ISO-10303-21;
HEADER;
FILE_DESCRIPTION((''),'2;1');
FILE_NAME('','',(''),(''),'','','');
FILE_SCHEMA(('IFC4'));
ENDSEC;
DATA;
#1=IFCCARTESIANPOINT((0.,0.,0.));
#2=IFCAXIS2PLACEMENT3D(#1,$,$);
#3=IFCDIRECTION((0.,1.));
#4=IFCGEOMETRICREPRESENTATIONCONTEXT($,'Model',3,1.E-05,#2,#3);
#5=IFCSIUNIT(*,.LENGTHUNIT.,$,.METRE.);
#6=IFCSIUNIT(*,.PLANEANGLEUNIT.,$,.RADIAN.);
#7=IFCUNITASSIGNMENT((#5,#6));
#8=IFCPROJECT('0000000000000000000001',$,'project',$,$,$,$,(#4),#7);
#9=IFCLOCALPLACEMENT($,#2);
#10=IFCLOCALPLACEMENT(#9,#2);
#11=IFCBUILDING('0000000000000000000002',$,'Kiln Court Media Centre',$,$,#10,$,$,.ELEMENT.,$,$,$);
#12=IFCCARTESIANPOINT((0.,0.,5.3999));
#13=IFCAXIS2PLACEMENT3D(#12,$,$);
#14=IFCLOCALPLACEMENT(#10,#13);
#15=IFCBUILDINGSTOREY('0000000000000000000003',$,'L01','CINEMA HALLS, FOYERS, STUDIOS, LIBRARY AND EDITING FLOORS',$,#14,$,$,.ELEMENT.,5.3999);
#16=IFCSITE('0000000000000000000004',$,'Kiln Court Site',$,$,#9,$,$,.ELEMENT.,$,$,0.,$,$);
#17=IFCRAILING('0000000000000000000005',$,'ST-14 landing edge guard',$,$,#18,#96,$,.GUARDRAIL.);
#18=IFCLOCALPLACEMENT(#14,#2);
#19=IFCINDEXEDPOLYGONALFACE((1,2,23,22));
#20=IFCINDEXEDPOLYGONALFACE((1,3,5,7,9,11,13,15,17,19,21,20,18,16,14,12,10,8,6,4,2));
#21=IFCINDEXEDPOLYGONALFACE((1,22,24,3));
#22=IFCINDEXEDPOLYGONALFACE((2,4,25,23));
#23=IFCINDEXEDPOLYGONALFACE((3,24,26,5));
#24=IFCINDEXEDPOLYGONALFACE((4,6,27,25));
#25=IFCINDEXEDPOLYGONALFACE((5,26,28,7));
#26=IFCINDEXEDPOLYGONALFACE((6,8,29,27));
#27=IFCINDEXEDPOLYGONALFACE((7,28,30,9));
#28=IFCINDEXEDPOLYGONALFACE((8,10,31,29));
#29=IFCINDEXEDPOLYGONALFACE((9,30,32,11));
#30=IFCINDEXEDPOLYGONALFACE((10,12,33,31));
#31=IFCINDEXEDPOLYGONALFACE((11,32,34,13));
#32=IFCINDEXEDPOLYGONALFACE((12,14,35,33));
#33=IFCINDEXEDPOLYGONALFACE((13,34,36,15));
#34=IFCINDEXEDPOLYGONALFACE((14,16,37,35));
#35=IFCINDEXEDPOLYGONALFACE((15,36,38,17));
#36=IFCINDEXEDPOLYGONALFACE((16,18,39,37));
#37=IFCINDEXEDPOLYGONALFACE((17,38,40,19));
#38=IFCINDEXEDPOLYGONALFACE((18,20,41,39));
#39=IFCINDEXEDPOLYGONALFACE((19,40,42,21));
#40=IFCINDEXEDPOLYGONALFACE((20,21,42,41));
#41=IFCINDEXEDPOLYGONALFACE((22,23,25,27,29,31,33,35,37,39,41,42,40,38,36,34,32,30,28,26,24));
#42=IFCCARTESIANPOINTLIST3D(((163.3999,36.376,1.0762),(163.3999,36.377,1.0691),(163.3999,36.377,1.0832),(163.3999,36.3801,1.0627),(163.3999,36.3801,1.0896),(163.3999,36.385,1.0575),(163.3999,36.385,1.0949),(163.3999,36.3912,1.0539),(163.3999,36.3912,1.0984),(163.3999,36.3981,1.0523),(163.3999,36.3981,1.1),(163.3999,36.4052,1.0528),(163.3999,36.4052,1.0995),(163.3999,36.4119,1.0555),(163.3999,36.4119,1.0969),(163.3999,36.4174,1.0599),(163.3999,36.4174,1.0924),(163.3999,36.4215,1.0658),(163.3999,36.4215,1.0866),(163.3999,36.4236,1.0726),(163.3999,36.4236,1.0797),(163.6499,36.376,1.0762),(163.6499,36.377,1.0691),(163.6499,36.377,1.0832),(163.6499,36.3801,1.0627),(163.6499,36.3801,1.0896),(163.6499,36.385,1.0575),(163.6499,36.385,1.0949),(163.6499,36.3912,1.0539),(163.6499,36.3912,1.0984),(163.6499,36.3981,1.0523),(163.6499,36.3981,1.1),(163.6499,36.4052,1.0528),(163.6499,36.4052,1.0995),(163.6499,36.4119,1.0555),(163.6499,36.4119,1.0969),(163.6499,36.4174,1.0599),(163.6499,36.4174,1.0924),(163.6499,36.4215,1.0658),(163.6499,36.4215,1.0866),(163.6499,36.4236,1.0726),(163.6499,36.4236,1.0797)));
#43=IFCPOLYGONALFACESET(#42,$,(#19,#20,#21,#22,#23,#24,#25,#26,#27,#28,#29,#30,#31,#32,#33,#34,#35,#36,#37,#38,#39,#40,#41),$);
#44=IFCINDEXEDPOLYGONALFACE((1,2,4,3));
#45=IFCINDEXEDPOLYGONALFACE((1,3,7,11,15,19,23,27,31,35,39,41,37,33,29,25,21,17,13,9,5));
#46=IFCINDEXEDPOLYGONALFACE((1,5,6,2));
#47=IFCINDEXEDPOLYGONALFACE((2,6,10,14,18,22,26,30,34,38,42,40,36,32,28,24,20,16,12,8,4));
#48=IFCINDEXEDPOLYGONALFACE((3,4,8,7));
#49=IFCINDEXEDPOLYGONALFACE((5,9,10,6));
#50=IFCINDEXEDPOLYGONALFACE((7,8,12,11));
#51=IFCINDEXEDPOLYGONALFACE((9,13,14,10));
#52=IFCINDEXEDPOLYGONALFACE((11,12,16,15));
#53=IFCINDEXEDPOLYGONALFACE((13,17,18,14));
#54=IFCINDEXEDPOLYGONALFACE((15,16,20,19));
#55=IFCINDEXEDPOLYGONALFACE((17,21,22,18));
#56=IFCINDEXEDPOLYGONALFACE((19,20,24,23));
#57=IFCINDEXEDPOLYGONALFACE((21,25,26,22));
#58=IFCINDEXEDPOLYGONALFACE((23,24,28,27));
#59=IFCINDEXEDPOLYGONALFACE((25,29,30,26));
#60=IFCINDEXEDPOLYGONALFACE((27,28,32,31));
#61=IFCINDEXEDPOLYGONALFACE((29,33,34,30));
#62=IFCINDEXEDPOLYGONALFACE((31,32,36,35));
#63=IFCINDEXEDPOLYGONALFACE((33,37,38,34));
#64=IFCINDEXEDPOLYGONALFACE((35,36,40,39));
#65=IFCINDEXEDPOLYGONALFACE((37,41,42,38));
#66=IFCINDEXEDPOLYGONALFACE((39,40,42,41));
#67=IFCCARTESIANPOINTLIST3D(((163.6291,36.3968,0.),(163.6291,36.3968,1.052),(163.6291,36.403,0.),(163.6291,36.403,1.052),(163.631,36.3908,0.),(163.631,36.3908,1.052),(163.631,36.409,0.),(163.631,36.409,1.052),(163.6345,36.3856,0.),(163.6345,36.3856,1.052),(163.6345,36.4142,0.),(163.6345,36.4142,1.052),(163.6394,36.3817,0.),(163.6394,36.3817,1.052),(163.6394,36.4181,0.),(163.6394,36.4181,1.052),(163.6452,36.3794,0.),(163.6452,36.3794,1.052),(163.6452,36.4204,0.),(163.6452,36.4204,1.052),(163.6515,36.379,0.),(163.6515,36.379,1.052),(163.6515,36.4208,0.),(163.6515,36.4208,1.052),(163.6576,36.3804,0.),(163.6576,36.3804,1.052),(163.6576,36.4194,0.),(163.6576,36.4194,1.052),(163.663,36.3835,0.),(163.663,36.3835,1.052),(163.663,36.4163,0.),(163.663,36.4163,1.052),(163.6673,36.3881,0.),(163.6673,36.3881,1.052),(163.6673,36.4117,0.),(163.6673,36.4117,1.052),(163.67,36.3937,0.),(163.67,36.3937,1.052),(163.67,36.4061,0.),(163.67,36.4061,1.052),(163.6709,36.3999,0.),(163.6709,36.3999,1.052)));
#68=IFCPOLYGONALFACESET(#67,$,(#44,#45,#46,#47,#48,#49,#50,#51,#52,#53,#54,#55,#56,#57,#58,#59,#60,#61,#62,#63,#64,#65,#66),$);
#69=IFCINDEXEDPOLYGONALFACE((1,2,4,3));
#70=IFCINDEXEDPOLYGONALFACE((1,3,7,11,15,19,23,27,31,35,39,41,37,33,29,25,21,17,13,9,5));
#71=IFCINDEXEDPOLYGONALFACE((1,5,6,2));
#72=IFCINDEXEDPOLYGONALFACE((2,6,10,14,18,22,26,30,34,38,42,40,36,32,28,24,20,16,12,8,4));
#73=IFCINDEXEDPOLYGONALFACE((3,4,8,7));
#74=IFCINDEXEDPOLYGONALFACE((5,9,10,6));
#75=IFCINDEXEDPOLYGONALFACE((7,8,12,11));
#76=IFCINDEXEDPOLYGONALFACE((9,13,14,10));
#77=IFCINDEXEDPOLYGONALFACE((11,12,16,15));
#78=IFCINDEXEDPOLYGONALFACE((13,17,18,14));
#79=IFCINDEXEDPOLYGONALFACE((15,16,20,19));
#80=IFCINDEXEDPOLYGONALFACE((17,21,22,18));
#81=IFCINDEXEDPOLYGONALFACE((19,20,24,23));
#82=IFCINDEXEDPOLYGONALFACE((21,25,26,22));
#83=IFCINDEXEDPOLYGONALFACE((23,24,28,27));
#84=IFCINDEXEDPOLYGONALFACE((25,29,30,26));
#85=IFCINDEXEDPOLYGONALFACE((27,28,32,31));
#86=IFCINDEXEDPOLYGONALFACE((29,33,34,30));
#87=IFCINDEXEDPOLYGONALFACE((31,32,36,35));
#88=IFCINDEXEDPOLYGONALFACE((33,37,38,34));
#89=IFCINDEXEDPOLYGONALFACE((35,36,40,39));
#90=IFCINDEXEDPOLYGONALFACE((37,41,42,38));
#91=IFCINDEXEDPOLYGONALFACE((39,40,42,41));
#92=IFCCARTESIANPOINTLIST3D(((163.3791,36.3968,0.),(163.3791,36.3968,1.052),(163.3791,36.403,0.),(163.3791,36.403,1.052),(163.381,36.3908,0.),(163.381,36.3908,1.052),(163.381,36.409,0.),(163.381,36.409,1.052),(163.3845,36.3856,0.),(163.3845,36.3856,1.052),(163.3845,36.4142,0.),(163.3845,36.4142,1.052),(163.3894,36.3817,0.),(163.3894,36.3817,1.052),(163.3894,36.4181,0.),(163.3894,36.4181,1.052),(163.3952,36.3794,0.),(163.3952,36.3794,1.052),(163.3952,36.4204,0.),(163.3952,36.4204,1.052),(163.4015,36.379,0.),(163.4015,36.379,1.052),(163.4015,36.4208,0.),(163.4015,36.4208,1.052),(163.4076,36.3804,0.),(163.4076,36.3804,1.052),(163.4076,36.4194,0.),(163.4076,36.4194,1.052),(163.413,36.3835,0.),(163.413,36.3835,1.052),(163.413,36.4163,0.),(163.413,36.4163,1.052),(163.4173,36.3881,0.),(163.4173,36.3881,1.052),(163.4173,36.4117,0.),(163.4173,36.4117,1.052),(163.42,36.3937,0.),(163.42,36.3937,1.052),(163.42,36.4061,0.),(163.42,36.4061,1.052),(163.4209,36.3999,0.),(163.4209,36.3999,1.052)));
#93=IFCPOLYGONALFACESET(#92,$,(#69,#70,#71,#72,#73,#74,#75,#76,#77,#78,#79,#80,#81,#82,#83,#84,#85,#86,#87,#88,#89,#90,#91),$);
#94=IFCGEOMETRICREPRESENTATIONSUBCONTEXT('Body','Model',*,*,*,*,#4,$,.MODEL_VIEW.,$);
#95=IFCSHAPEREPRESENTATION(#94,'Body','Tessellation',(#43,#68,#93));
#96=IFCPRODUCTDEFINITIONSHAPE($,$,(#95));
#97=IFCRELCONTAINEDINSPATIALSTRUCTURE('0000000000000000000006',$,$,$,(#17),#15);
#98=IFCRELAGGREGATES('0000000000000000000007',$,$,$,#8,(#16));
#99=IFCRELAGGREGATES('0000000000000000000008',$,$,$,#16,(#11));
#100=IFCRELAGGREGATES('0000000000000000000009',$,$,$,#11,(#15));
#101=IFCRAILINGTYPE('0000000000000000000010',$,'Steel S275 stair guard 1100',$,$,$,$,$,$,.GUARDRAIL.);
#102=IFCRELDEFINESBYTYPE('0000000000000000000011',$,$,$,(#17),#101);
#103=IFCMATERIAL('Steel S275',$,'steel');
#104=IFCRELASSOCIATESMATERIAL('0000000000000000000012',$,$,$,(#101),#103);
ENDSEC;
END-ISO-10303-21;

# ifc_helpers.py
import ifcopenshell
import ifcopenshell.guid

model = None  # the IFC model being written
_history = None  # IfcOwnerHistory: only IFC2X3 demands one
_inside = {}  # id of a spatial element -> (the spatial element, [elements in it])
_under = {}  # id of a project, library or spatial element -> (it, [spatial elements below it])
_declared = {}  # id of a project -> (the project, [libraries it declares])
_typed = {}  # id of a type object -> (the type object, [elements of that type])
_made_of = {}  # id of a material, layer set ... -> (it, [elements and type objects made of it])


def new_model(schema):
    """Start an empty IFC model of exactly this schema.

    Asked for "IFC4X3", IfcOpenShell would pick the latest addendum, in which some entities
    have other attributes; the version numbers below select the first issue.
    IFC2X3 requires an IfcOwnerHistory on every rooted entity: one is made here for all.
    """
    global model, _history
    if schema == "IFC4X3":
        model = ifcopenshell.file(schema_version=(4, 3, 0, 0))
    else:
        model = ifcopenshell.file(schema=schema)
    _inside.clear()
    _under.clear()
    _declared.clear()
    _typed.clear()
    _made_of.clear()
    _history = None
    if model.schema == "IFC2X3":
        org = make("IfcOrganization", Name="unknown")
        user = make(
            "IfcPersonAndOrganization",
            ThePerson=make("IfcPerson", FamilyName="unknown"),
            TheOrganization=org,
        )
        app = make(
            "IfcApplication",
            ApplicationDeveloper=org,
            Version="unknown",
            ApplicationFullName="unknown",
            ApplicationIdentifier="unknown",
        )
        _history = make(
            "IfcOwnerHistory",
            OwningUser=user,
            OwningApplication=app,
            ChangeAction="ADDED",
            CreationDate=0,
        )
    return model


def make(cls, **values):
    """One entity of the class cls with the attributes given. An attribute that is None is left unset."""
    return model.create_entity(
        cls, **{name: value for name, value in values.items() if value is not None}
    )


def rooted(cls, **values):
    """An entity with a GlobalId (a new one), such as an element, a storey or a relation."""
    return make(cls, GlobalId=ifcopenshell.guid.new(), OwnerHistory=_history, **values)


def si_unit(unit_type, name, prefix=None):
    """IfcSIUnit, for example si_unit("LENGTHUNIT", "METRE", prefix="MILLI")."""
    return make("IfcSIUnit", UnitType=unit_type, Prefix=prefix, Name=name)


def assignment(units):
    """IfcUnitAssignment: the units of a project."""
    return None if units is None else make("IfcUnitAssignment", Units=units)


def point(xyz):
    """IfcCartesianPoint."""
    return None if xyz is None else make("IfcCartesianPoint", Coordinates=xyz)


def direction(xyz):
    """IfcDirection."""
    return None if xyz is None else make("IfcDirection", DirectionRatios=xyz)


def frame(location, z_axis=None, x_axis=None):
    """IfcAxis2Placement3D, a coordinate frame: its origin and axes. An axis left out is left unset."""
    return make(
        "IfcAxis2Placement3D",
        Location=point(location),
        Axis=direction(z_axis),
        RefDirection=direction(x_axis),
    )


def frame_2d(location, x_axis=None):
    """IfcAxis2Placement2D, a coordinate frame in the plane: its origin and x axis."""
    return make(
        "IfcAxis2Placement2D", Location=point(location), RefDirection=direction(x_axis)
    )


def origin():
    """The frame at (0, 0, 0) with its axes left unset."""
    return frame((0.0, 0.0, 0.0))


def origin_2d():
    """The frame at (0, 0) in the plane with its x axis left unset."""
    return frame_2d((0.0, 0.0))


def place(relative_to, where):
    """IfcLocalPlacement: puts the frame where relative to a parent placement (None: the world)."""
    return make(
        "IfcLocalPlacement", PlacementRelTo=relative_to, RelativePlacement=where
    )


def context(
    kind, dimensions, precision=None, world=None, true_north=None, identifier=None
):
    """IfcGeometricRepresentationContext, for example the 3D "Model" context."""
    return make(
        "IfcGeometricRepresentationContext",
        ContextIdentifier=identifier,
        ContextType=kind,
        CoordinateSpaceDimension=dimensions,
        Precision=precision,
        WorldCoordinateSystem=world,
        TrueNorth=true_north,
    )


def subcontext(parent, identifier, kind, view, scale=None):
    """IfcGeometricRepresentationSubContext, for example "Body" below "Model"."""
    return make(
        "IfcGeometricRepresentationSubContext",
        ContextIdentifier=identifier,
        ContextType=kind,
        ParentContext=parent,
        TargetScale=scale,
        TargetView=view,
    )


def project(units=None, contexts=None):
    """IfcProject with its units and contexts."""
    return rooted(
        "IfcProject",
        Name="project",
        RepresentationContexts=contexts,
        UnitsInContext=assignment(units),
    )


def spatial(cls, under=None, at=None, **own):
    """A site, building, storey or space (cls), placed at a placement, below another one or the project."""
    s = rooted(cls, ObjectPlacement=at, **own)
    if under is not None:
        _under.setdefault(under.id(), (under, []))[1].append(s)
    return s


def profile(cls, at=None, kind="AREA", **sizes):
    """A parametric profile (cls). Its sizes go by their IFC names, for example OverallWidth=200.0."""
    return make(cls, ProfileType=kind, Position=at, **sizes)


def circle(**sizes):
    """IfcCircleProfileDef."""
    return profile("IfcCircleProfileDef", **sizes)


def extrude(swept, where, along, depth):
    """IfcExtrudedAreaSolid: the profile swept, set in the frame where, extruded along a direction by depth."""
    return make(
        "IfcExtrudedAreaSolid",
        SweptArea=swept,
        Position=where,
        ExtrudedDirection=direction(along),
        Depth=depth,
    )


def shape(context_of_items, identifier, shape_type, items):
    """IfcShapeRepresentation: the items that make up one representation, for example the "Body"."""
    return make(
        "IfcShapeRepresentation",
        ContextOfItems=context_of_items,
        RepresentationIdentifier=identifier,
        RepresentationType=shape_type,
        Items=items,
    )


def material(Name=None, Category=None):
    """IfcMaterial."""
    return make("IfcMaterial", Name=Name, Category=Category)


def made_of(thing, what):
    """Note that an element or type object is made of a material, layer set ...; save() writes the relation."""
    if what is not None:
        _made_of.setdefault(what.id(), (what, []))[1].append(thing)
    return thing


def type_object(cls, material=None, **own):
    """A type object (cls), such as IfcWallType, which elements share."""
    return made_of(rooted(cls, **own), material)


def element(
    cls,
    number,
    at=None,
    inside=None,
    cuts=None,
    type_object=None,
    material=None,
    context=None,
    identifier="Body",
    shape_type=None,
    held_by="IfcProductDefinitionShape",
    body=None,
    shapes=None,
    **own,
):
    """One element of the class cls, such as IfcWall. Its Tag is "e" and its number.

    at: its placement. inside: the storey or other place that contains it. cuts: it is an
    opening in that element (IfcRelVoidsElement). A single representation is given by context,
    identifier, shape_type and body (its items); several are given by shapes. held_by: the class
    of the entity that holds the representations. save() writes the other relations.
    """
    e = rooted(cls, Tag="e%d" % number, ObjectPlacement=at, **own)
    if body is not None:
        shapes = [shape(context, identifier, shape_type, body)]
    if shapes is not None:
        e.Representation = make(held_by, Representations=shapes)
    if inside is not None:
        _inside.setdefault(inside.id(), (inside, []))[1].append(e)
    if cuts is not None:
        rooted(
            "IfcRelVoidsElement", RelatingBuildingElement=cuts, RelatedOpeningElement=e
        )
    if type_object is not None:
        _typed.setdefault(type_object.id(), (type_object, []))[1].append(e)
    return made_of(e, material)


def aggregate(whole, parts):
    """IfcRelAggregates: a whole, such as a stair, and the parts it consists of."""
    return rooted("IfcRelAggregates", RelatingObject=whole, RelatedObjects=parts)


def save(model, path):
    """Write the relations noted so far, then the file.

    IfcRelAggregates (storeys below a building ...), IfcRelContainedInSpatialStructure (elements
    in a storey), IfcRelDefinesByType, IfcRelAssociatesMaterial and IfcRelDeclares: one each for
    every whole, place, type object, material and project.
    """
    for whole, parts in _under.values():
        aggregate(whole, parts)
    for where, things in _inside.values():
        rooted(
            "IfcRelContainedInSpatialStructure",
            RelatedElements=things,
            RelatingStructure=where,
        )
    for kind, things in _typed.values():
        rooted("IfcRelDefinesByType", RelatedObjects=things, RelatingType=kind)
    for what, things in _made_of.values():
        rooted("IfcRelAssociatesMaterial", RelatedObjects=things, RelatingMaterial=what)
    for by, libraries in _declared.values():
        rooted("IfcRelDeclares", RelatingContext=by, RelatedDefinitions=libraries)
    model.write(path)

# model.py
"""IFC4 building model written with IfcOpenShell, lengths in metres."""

from ifc_helpers import new_model, si_unit, direction, frame, origin, origin_2d, place, context, subcontext, project, spatial, circle, extrude, material, type_object, element, save


model = new_model("IFC4")

# Units and contexts
model_context = context("Model", 3, precision=1e-05, world=origin(), true_north=direction((0.0, 1.0)))
body_context = subcontext(model_context, "Body", "Model", "MODEL_VIEW")
ifc_project = project(units=[si_unit("LENGTHUNIT", "METRE"), si_unit("PLANEANGLEUNIT", "RADIAN")], contexts=[model_context])

# Site, building, storey
site_placement = place(None, origin())
site = spatial("IfcSite", under=ifc_project, at=site_placement, Name="Kiln Court Site", CompositionType="ELEMENT", RefElevation=0.0)
building_placement = place(site_placement, origin())
building = spatial("IfcBuilding", under=site, at=building_placement, Name="Kiln Court Media Centre", CompositionType="ELEMENT")
storey_placement = place(building_placement, frame((0.0, 0.0, 5.3999)))
storey = spatial("IfcBuildingStorey", under=building, at=storey_placement, Name="L01", Description="CINEMA HALLS, FOYERS, STUDIOS, LIBRARY AND EDITING FLOORS", CompositionType="ELEMENT", Elevation=5.3999)

# Railing
ifc_material_1 = material(Name="Steel S275", Category="steel")
railing_type_1 = type_object("IfcRailingType", Name="Steel S275 stair guard 1100", PredefinedType="GUARDRAIL", material=ifc_material_1)
for number, where, name in (
    (1, (163.6499, 36.3999, 0.0), "ST-14 landing edge guard"),
):
    element("IfcRailing", number, at=place(storey_placement, frame(where)), inside=storey, type_object=railing_type_1, Name=name, PredefinedType="GUARDRAIL", context=body_context, shape_type="SweptSolid", body=[
        extrude(circle(Radius=0.0239, at=origin_2d()), frame((0.0, 0.0, 1.0762), z_axis=(-1.0, 0.0, 0.0), x_axis=(0.0, -1.0, 0.0)), (0.0, 0.0, 1.0), 0.25),
        extrude(circle(Radius=0.021, at=origin_2d()), origin(), (0.0, 0.0, 1.0), 1.052),
        extrude(circle(Radius=0.021, at=origin_2d()), frame((-0.25, 0.0, 0.0)), (0.0, 0.0, 1.0), 1.052),
    ])

save(model, "model.ifc")
